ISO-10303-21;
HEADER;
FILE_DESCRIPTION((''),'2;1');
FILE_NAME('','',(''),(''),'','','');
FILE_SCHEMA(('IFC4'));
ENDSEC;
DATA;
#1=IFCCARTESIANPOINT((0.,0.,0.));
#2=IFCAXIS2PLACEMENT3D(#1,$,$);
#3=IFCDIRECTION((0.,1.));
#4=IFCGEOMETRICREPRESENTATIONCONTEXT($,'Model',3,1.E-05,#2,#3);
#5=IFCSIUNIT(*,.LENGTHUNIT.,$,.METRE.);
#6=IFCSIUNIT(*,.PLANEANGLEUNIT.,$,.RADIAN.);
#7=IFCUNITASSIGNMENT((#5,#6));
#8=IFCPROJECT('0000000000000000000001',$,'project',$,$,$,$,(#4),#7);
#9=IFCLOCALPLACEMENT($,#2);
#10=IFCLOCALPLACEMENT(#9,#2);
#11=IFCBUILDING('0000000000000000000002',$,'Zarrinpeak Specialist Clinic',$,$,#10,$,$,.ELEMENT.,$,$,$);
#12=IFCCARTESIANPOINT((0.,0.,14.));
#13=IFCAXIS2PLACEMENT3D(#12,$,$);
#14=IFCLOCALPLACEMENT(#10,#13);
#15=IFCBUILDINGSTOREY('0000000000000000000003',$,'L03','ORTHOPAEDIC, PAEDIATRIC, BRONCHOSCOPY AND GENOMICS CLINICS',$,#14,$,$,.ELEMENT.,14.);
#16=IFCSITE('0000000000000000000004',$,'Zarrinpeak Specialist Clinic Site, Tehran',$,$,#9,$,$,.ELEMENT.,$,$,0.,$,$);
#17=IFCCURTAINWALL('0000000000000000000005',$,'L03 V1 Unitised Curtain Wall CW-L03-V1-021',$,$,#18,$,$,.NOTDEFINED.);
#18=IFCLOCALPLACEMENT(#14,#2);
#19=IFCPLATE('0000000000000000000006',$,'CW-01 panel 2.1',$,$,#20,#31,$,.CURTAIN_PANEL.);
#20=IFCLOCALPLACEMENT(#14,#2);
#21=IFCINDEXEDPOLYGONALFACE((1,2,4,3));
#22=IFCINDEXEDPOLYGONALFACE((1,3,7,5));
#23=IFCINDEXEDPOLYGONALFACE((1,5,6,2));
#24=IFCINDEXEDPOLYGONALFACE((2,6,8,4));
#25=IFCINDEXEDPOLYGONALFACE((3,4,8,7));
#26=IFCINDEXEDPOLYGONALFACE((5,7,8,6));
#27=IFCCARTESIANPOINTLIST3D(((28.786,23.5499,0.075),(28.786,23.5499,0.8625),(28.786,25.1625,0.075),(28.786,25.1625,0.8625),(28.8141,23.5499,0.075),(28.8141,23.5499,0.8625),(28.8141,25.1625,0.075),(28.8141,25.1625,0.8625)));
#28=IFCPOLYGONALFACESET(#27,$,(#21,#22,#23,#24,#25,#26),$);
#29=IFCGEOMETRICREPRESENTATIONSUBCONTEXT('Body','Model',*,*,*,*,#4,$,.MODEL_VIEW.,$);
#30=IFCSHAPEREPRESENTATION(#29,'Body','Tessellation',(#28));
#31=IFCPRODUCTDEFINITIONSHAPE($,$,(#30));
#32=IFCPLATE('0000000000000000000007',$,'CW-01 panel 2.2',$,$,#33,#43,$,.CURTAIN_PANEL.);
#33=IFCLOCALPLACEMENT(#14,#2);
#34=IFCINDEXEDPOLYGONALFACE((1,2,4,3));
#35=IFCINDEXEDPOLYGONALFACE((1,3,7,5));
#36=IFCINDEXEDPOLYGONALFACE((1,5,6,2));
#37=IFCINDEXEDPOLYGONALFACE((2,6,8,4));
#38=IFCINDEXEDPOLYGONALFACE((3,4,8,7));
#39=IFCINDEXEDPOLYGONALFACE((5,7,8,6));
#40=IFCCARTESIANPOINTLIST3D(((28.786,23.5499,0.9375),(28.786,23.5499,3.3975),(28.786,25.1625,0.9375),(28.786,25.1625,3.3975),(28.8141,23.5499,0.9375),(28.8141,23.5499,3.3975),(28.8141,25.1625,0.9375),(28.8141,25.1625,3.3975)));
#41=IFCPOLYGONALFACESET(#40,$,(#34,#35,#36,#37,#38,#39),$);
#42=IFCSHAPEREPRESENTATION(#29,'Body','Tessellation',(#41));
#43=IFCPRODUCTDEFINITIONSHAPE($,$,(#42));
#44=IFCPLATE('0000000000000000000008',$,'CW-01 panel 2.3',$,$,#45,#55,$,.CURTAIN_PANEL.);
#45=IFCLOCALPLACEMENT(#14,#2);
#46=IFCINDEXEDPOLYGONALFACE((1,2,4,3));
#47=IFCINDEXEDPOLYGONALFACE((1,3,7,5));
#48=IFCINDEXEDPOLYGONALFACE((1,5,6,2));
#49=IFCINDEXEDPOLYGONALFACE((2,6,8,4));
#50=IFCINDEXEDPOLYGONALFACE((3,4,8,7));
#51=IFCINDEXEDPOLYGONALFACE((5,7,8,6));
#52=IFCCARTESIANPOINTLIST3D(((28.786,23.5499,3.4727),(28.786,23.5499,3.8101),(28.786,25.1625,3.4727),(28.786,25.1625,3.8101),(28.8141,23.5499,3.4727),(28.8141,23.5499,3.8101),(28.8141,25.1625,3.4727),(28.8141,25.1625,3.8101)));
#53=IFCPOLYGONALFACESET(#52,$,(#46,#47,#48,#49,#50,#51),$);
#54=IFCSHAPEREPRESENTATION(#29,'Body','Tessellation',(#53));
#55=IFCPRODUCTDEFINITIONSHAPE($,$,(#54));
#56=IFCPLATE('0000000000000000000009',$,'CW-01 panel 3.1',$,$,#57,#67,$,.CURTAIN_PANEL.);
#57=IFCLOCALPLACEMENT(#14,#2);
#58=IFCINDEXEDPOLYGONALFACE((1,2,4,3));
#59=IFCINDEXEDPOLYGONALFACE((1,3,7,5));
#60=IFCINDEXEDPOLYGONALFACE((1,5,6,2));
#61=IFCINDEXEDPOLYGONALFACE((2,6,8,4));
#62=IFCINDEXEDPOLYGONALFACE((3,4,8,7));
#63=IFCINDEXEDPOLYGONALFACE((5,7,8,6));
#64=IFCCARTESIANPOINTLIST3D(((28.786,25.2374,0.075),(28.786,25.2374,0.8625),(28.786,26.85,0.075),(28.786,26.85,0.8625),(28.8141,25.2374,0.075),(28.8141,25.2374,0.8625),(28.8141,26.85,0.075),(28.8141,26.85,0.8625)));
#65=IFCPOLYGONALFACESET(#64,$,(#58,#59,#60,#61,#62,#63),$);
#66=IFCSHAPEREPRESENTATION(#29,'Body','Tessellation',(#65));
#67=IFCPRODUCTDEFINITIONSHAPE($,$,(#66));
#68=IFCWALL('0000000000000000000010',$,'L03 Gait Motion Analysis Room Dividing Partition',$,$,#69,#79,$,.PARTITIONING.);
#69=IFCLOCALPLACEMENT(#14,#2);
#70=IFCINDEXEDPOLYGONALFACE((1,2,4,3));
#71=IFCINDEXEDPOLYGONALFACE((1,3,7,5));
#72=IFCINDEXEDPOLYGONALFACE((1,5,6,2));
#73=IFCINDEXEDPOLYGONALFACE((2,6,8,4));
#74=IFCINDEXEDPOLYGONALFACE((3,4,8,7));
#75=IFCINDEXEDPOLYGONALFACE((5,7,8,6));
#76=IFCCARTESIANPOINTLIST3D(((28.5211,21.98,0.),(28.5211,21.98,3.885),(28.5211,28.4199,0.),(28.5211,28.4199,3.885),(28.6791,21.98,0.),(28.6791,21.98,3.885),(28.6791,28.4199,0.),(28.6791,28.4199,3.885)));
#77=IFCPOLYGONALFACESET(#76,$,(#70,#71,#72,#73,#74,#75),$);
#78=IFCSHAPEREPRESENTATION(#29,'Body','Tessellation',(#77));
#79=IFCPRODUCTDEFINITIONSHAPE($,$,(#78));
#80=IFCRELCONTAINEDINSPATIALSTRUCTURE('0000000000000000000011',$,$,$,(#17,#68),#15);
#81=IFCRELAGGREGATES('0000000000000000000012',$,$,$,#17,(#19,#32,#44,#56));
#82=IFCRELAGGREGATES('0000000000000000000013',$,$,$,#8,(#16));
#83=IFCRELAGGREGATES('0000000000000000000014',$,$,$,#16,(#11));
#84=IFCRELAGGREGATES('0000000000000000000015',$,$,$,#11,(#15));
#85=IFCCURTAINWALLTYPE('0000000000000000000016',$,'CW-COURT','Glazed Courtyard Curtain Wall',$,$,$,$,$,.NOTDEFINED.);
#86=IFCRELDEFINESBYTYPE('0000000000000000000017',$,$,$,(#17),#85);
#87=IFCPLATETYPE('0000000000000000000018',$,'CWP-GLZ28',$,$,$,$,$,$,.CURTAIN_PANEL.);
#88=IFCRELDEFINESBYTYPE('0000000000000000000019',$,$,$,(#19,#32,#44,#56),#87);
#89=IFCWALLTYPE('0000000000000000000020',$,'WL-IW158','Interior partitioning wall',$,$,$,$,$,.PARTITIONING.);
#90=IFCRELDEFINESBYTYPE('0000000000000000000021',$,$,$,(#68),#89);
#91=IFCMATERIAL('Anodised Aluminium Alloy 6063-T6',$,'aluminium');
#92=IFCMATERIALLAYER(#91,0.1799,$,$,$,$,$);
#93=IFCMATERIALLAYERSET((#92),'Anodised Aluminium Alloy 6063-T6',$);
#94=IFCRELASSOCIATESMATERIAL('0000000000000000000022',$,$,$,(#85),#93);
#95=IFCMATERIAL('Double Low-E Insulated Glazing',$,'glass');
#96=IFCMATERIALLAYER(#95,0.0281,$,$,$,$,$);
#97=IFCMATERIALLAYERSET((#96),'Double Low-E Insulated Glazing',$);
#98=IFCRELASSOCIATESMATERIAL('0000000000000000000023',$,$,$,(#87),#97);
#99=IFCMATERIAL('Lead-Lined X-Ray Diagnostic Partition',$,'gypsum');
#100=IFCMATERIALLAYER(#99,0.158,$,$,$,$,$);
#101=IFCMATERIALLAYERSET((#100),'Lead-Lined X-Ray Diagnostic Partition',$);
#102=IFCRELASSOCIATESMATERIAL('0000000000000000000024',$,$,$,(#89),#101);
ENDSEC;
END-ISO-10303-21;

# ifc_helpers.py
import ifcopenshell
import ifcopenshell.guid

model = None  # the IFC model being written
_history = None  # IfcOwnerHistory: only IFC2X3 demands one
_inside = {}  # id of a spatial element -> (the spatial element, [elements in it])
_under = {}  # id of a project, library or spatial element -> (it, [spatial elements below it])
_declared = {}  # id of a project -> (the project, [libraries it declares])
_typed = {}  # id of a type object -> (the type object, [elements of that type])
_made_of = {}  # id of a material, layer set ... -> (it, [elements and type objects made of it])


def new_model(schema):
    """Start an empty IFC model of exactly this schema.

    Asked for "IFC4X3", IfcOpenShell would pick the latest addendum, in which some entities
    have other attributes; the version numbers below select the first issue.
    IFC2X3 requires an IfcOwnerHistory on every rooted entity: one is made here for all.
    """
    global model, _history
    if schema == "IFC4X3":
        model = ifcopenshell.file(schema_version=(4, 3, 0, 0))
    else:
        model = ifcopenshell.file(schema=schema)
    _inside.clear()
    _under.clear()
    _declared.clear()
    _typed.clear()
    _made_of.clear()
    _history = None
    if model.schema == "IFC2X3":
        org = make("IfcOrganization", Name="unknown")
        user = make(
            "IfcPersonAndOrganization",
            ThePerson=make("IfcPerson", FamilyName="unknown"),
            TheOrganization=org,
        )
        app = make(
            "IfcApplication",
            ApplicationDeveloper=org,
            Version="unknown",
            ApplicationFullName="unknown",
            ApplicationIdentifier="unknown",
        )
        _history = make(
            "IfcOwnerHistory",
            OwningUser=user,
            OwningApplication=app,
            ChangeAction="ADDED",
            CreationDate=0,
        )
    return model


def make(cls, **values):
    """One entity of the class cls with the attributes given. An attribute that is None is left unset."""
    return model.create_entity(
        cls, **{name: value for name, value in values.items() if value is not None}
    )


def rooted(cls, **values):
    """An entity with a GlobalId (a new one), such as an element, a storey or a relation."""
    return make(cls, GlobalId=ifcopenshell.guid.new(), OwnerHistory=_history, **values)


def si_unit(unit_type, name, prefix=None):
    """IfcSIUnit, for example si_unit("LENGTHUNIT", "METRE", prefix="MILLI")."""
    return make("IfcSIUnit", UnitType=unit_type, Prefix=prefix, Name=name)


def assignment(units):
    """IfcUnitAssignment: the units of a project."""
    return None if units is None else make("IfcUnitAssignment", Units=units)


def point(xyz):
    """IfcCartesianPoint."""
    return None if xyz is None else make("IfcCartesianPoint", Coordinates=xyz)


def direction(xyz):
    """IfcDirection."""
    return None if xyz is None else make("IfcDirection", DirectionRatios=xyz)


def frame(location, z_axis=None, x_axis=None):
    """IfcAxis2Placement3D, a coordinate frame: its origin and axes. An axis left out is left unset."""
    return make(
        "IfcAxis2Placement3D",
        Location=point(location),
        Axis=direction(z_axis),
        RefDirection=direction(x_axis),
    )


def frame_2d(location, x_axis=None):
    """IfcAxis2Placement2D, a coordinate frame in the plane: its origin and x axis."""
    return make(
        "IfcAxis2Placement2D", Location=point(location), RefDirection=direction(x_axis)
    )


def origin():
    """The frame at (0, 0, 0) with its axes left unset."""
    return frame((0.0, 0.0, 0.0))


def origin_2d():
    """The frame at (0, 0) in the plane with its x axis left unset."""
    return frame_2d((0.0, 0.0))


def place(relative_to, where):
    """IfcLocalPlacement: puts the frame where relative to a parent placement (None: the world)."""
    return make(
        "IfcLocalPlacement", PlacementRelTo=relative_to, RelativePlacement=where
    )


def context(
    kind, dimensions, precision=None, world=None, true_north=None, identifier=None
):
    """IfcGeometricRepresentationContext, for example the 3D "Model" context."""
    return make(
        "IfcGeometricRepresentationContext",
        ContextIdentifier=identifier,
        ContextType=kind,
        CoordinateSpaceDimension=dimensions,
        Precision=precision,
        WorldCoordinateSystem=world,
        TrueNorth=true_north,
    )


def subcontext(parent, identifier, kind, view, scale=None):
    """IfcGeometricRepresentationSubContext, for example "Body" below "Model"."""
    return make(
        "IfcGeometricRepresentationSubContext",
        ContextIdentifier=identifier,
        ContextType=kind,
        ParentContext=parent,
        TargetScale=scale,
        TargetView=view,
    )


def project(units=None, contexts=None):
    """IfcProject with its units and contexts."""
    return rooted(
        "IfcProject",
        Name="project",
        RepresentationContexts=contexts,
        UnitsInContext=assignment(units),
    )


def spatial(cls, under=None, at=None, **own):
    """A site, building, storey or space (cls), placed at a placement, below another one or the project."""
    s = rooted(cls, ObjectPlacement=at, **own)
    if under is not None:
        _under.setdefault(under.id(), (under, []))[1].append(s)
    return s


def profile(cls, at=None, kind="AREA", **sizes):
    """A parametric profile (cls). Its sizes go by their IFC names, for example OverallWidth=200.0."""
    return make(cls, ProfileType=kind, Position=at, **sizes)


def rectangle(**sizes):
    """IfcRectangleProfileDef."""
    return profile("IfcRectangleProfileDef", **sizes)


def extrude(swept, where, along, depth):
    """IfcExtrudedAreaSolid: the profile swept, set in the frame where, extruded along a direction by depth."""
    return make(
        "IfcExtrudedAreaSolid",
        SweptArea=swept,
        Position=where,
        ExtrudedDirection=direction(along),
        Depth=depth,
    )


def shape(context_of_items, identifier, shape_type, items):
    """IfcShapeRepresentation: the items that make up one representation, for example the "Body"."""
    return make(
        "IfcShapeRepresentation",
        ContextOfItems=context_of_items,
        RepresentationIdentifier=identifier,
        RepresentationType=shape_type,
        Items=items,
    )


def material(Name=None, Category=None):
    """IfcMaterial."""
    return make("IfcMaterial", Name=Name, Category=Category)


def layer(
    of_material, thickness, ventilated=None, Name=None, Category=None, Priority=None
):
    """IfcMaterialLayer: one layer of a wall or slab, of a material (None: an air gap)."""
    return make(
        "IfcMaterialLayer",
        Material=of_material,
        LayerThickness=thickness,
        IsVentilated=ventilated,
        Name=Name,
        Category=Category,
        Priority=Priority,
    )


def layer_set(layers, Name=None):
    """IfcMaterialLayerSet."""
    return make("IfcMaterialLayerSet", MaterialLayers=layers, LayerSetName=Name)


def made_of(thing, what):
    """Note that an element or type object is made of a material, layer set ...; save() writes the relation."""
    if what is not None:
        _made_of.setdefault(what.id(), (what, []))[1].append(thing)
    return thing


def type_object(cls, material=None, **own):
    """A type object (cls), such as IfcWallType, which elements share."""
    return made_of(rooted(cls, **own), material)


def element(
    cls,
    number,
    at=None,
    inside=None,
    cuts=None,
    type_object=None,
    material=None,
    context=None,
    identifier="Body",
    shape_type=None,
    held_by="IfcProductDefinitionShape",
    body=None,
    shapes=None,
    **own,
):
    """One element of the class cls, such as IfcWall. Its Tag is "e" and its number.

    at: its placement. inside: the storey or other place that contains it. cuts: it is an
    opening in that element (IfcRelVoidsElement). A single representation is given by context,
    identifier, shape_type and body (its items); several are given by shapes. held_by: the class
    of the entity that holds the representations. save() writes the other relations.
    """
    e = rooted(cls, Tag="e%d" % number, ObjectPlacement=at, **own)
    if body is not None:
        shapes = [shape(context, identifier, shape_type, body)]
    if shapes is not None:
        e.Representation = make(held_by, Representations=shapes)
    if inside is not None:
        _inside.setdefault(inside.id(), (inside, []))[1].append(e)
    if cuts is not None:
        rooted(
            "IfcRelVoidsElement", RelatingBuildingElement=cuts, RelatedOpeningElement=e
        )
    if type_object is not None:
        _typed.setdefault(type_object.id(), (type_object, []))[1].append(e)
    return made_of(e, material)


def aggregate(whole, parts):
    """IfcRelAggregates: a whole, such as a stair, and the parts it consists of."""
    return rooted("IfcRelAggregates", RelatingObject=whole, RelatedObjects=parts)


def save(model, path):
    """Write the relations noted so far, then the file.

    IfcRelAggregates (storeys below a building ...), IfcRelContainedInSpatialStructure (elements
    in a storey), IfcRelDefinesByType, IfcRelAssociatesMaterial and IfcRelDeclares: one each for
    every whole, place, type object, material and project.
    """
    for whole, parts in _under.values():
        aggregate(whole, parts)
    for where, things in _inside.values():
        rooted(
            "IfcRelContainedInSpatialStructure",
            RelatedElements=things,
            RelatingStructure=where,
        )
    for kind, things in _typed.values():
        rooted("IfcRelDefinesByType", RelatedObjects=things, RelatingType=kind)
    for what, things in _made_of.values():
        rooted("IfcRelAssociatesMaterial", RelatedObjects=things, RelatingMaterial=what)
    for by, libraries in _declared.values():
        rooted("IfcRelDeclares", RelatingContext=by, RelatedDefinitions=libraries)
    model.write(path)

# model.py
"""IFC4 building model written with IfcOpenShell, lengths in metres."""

from ifc_helpers import new_model, si_unit, direction, frame, frame_2d, origin, origin_2d, place, context, subcontext, project, spatial, rectangle, extrude, material, layer, layer_set, type_object, element, aggregate, save


model = new_model("IFC4")

# Units and contexts
model_context = context("Model", 3, precision=1e-05, world=origin(), true_north=direction((0.0, 1.0)))
body_context = subcontext(model_context, "Body", "Model", "MODEL_VIEW")
ifc_project = project(units=[si_unit("LENGTHUNIT", "METRE"), si_unit("PLANEANGLEUNIT", "RADIAN")], contexts=[model_context])

# Site, building, storey
site_placement = place(None, origin())
site = spatial("IfcSite", under=ifc_project, at=site_placement, Name="Zarrinpeak Specialist Clinic Site, Tehran", CompositionType="ELEMENT", RefElevation=0.0)
building_placement = place(site_placement, origin())
building = spatial("IfcBuilding", under=site, at=building_placement, Name="Zarrinpeak Specialist Clinic", CompositionType="ELEMENT")
storey_placement = place(building_placement, frame((0.0, 0.0, 14.0)))
storey = spatial("IfcBuildingStorey", under=building, at=storey_placement, Name="L03", Description="ORTHOPAEDIC, PAEDIATRIC, BRONCHOSCOPY AND GENOMICS CLINICS", CompositionType="ELEMENT", Elevation=14.0)

# Curtain wall, plates
ifc_material_1 = material(Name="Anodised Aluminium Alloy 6063-T6", Category="aluminium")
ifc_layer_1 = layer(ifc_material_1, 0.1799)
ifc_layer_set_1 = layer_set([ifc_layer_1], Name="Anodised Aluminium Alloy 6063-T6")
curtain_wall_type = type_object("IfcCurtainWallType", Name="CW-COURT", Description="Glazed Courtyard Curtain Wall", PredefinedType="NOTDEFINED", material=ifc_layer_set_1)
curtain_wall_placement = place(storey_placement, origin())
curtain_wall = element("IfcCurtainWall", 1, at=curtain_wall_placement, inside=storey, type_object=curtain_wall_type, Name="L03 V1 Unitised Curtain Wall CW-L03-V1-021", PredefinedType="NOTDEFINED")
ifc_material_2 = material(Name="Double Low-E Insulated Glazing", Category="glass")
ifc_layer_2 = layer(ifc_material_2, 0.0281)
ifc_layer_set_2 = layer_set([ifc_layer_2], Name="Double Low-E Insulated Glazing")
plate_type = type_object("IfcPlateType", Name="CWP-GLZ28", PredefinedType="CURTAIN_PANEL", material=ifc_layer_set_2)
plate_1_placement = place(storey_placement, frame((28.8, 24.3562, 0.075), z_axis=(0.0, 0.0, 1.0), x_axis=(0.0, 1.0, 0.0)))
plate_1 = element("IfcPlate", 2, at=plate_1_placement, type_object=plate_type, Name="CW-01 panel 2.1", PredefinedType="CURTAIN_PANEL", context=body_context, shape_type="SweptSolid", body=[
    extrude(rectangle(XDim=1.6125, YDim=0.0281, at=origin_2d()), origin(), (0.0, 0.0, 1.0), 0.7876),
])
plate_2_placement = place(storey_placement, frame((28.8, 24.3562, 0.9375), z_axis=(0.0, 0.0, 1.0), x_axis=(0.0, 1.0, 0.0)))
plate_2 = element("IfcPlate", 3, at=plate_2_placement, type_object=plate_type, Name="CW-01 panel 2.2", PredefinedType="CURTAIN_PANEL", context=body_context, shape_type="SweptSolid", body=[
    extrude(rectangle(XDim=1.6125, YDim=0.0281, at=origin_2d()), origin(), (0.0, 0.0, 1.0), 2.46),
])
plate_3_placement = place(storey_placement, frame((28.8, 24.3562, 3.4727), z_axis=(0.0, 0.0, 1.0), x_axis=(0.0, 1.0, 0.0)))
plate_3 = element("IfcPlate", 4, at=plate_3_placement, type_object=plate_type, Name="CW-01 panel 2.3", PredefinedType="CURTAIN_PANEL", context=body_context, shape_type="SweptSolid", body=[
    extrude(rectangle(XDim=1.6125, YDim=0.0281, at=origin_2d()), origin(), (0.0, 0.0, 1.0), 0.3374),
])
plate_4_placement = place(storey_placement, frame((28.8, 26.0437, 0.075), z_axis=(0.0, 0.0, 1.0), x_axis=(0.0, 1.0, 0.0)))
plate_4 = element("IfcPlate", 5, at=plate_4_placement, type_object=plate_type, Name="CW-01 panel 3.1", PredefinedType="CURTAIN_PANEL", context=body_context, shape_type="SweptSolid", body=[
    extrude(rectangle(XDim=1.6125, YDim=0.0281, at=origin_2d()), origin(), (0.0, 0.0, 1.0), 0.7876),
])
aggregate(curtain_wall, [plate_1, plate_2, plate_3, plate_4])

# Wall
ifc_material_3 = material(Name="Lead-Lined X-Ray Diagnostic Partition", Category="gypsum")
ifc_layer_3 = layer(ifc_material_3, 0.158)
ifc_layer_set_3 = layer_set([ifc_layer_3], Name="Lead-Lined X-Ray Diagnostic Partition")
wall_type = type_object("IfcWallType", Name="WL-IW158", Description="Interior partitioning wall", PredefinedType="PARTITIONING", material=ifc_layer_set_3)
wall_placement = place(storey_placement, frame((28.6001, 21.98, 0.0), z_axis=(0.0, 0.0, 1.0), x_axis=(0.0, 1.0, 0.0)))
element("IfcWall", 6, at=wall_placement, inside=storey, type_object=wall_type, Name="L03 Gait Motion Analysis Room Dividing Partition", PredefinedType="PARTITIONING", context=body_context, shape_type="SweptSolid", body=[
    extrude(rectangle(XDim=6.4399, YDim=0.158, at=frame_2d((3.22, 0.0))), origin(), (0.0, 0.0, 1.0), 3.885),
])

save(model, "model.ifc")
